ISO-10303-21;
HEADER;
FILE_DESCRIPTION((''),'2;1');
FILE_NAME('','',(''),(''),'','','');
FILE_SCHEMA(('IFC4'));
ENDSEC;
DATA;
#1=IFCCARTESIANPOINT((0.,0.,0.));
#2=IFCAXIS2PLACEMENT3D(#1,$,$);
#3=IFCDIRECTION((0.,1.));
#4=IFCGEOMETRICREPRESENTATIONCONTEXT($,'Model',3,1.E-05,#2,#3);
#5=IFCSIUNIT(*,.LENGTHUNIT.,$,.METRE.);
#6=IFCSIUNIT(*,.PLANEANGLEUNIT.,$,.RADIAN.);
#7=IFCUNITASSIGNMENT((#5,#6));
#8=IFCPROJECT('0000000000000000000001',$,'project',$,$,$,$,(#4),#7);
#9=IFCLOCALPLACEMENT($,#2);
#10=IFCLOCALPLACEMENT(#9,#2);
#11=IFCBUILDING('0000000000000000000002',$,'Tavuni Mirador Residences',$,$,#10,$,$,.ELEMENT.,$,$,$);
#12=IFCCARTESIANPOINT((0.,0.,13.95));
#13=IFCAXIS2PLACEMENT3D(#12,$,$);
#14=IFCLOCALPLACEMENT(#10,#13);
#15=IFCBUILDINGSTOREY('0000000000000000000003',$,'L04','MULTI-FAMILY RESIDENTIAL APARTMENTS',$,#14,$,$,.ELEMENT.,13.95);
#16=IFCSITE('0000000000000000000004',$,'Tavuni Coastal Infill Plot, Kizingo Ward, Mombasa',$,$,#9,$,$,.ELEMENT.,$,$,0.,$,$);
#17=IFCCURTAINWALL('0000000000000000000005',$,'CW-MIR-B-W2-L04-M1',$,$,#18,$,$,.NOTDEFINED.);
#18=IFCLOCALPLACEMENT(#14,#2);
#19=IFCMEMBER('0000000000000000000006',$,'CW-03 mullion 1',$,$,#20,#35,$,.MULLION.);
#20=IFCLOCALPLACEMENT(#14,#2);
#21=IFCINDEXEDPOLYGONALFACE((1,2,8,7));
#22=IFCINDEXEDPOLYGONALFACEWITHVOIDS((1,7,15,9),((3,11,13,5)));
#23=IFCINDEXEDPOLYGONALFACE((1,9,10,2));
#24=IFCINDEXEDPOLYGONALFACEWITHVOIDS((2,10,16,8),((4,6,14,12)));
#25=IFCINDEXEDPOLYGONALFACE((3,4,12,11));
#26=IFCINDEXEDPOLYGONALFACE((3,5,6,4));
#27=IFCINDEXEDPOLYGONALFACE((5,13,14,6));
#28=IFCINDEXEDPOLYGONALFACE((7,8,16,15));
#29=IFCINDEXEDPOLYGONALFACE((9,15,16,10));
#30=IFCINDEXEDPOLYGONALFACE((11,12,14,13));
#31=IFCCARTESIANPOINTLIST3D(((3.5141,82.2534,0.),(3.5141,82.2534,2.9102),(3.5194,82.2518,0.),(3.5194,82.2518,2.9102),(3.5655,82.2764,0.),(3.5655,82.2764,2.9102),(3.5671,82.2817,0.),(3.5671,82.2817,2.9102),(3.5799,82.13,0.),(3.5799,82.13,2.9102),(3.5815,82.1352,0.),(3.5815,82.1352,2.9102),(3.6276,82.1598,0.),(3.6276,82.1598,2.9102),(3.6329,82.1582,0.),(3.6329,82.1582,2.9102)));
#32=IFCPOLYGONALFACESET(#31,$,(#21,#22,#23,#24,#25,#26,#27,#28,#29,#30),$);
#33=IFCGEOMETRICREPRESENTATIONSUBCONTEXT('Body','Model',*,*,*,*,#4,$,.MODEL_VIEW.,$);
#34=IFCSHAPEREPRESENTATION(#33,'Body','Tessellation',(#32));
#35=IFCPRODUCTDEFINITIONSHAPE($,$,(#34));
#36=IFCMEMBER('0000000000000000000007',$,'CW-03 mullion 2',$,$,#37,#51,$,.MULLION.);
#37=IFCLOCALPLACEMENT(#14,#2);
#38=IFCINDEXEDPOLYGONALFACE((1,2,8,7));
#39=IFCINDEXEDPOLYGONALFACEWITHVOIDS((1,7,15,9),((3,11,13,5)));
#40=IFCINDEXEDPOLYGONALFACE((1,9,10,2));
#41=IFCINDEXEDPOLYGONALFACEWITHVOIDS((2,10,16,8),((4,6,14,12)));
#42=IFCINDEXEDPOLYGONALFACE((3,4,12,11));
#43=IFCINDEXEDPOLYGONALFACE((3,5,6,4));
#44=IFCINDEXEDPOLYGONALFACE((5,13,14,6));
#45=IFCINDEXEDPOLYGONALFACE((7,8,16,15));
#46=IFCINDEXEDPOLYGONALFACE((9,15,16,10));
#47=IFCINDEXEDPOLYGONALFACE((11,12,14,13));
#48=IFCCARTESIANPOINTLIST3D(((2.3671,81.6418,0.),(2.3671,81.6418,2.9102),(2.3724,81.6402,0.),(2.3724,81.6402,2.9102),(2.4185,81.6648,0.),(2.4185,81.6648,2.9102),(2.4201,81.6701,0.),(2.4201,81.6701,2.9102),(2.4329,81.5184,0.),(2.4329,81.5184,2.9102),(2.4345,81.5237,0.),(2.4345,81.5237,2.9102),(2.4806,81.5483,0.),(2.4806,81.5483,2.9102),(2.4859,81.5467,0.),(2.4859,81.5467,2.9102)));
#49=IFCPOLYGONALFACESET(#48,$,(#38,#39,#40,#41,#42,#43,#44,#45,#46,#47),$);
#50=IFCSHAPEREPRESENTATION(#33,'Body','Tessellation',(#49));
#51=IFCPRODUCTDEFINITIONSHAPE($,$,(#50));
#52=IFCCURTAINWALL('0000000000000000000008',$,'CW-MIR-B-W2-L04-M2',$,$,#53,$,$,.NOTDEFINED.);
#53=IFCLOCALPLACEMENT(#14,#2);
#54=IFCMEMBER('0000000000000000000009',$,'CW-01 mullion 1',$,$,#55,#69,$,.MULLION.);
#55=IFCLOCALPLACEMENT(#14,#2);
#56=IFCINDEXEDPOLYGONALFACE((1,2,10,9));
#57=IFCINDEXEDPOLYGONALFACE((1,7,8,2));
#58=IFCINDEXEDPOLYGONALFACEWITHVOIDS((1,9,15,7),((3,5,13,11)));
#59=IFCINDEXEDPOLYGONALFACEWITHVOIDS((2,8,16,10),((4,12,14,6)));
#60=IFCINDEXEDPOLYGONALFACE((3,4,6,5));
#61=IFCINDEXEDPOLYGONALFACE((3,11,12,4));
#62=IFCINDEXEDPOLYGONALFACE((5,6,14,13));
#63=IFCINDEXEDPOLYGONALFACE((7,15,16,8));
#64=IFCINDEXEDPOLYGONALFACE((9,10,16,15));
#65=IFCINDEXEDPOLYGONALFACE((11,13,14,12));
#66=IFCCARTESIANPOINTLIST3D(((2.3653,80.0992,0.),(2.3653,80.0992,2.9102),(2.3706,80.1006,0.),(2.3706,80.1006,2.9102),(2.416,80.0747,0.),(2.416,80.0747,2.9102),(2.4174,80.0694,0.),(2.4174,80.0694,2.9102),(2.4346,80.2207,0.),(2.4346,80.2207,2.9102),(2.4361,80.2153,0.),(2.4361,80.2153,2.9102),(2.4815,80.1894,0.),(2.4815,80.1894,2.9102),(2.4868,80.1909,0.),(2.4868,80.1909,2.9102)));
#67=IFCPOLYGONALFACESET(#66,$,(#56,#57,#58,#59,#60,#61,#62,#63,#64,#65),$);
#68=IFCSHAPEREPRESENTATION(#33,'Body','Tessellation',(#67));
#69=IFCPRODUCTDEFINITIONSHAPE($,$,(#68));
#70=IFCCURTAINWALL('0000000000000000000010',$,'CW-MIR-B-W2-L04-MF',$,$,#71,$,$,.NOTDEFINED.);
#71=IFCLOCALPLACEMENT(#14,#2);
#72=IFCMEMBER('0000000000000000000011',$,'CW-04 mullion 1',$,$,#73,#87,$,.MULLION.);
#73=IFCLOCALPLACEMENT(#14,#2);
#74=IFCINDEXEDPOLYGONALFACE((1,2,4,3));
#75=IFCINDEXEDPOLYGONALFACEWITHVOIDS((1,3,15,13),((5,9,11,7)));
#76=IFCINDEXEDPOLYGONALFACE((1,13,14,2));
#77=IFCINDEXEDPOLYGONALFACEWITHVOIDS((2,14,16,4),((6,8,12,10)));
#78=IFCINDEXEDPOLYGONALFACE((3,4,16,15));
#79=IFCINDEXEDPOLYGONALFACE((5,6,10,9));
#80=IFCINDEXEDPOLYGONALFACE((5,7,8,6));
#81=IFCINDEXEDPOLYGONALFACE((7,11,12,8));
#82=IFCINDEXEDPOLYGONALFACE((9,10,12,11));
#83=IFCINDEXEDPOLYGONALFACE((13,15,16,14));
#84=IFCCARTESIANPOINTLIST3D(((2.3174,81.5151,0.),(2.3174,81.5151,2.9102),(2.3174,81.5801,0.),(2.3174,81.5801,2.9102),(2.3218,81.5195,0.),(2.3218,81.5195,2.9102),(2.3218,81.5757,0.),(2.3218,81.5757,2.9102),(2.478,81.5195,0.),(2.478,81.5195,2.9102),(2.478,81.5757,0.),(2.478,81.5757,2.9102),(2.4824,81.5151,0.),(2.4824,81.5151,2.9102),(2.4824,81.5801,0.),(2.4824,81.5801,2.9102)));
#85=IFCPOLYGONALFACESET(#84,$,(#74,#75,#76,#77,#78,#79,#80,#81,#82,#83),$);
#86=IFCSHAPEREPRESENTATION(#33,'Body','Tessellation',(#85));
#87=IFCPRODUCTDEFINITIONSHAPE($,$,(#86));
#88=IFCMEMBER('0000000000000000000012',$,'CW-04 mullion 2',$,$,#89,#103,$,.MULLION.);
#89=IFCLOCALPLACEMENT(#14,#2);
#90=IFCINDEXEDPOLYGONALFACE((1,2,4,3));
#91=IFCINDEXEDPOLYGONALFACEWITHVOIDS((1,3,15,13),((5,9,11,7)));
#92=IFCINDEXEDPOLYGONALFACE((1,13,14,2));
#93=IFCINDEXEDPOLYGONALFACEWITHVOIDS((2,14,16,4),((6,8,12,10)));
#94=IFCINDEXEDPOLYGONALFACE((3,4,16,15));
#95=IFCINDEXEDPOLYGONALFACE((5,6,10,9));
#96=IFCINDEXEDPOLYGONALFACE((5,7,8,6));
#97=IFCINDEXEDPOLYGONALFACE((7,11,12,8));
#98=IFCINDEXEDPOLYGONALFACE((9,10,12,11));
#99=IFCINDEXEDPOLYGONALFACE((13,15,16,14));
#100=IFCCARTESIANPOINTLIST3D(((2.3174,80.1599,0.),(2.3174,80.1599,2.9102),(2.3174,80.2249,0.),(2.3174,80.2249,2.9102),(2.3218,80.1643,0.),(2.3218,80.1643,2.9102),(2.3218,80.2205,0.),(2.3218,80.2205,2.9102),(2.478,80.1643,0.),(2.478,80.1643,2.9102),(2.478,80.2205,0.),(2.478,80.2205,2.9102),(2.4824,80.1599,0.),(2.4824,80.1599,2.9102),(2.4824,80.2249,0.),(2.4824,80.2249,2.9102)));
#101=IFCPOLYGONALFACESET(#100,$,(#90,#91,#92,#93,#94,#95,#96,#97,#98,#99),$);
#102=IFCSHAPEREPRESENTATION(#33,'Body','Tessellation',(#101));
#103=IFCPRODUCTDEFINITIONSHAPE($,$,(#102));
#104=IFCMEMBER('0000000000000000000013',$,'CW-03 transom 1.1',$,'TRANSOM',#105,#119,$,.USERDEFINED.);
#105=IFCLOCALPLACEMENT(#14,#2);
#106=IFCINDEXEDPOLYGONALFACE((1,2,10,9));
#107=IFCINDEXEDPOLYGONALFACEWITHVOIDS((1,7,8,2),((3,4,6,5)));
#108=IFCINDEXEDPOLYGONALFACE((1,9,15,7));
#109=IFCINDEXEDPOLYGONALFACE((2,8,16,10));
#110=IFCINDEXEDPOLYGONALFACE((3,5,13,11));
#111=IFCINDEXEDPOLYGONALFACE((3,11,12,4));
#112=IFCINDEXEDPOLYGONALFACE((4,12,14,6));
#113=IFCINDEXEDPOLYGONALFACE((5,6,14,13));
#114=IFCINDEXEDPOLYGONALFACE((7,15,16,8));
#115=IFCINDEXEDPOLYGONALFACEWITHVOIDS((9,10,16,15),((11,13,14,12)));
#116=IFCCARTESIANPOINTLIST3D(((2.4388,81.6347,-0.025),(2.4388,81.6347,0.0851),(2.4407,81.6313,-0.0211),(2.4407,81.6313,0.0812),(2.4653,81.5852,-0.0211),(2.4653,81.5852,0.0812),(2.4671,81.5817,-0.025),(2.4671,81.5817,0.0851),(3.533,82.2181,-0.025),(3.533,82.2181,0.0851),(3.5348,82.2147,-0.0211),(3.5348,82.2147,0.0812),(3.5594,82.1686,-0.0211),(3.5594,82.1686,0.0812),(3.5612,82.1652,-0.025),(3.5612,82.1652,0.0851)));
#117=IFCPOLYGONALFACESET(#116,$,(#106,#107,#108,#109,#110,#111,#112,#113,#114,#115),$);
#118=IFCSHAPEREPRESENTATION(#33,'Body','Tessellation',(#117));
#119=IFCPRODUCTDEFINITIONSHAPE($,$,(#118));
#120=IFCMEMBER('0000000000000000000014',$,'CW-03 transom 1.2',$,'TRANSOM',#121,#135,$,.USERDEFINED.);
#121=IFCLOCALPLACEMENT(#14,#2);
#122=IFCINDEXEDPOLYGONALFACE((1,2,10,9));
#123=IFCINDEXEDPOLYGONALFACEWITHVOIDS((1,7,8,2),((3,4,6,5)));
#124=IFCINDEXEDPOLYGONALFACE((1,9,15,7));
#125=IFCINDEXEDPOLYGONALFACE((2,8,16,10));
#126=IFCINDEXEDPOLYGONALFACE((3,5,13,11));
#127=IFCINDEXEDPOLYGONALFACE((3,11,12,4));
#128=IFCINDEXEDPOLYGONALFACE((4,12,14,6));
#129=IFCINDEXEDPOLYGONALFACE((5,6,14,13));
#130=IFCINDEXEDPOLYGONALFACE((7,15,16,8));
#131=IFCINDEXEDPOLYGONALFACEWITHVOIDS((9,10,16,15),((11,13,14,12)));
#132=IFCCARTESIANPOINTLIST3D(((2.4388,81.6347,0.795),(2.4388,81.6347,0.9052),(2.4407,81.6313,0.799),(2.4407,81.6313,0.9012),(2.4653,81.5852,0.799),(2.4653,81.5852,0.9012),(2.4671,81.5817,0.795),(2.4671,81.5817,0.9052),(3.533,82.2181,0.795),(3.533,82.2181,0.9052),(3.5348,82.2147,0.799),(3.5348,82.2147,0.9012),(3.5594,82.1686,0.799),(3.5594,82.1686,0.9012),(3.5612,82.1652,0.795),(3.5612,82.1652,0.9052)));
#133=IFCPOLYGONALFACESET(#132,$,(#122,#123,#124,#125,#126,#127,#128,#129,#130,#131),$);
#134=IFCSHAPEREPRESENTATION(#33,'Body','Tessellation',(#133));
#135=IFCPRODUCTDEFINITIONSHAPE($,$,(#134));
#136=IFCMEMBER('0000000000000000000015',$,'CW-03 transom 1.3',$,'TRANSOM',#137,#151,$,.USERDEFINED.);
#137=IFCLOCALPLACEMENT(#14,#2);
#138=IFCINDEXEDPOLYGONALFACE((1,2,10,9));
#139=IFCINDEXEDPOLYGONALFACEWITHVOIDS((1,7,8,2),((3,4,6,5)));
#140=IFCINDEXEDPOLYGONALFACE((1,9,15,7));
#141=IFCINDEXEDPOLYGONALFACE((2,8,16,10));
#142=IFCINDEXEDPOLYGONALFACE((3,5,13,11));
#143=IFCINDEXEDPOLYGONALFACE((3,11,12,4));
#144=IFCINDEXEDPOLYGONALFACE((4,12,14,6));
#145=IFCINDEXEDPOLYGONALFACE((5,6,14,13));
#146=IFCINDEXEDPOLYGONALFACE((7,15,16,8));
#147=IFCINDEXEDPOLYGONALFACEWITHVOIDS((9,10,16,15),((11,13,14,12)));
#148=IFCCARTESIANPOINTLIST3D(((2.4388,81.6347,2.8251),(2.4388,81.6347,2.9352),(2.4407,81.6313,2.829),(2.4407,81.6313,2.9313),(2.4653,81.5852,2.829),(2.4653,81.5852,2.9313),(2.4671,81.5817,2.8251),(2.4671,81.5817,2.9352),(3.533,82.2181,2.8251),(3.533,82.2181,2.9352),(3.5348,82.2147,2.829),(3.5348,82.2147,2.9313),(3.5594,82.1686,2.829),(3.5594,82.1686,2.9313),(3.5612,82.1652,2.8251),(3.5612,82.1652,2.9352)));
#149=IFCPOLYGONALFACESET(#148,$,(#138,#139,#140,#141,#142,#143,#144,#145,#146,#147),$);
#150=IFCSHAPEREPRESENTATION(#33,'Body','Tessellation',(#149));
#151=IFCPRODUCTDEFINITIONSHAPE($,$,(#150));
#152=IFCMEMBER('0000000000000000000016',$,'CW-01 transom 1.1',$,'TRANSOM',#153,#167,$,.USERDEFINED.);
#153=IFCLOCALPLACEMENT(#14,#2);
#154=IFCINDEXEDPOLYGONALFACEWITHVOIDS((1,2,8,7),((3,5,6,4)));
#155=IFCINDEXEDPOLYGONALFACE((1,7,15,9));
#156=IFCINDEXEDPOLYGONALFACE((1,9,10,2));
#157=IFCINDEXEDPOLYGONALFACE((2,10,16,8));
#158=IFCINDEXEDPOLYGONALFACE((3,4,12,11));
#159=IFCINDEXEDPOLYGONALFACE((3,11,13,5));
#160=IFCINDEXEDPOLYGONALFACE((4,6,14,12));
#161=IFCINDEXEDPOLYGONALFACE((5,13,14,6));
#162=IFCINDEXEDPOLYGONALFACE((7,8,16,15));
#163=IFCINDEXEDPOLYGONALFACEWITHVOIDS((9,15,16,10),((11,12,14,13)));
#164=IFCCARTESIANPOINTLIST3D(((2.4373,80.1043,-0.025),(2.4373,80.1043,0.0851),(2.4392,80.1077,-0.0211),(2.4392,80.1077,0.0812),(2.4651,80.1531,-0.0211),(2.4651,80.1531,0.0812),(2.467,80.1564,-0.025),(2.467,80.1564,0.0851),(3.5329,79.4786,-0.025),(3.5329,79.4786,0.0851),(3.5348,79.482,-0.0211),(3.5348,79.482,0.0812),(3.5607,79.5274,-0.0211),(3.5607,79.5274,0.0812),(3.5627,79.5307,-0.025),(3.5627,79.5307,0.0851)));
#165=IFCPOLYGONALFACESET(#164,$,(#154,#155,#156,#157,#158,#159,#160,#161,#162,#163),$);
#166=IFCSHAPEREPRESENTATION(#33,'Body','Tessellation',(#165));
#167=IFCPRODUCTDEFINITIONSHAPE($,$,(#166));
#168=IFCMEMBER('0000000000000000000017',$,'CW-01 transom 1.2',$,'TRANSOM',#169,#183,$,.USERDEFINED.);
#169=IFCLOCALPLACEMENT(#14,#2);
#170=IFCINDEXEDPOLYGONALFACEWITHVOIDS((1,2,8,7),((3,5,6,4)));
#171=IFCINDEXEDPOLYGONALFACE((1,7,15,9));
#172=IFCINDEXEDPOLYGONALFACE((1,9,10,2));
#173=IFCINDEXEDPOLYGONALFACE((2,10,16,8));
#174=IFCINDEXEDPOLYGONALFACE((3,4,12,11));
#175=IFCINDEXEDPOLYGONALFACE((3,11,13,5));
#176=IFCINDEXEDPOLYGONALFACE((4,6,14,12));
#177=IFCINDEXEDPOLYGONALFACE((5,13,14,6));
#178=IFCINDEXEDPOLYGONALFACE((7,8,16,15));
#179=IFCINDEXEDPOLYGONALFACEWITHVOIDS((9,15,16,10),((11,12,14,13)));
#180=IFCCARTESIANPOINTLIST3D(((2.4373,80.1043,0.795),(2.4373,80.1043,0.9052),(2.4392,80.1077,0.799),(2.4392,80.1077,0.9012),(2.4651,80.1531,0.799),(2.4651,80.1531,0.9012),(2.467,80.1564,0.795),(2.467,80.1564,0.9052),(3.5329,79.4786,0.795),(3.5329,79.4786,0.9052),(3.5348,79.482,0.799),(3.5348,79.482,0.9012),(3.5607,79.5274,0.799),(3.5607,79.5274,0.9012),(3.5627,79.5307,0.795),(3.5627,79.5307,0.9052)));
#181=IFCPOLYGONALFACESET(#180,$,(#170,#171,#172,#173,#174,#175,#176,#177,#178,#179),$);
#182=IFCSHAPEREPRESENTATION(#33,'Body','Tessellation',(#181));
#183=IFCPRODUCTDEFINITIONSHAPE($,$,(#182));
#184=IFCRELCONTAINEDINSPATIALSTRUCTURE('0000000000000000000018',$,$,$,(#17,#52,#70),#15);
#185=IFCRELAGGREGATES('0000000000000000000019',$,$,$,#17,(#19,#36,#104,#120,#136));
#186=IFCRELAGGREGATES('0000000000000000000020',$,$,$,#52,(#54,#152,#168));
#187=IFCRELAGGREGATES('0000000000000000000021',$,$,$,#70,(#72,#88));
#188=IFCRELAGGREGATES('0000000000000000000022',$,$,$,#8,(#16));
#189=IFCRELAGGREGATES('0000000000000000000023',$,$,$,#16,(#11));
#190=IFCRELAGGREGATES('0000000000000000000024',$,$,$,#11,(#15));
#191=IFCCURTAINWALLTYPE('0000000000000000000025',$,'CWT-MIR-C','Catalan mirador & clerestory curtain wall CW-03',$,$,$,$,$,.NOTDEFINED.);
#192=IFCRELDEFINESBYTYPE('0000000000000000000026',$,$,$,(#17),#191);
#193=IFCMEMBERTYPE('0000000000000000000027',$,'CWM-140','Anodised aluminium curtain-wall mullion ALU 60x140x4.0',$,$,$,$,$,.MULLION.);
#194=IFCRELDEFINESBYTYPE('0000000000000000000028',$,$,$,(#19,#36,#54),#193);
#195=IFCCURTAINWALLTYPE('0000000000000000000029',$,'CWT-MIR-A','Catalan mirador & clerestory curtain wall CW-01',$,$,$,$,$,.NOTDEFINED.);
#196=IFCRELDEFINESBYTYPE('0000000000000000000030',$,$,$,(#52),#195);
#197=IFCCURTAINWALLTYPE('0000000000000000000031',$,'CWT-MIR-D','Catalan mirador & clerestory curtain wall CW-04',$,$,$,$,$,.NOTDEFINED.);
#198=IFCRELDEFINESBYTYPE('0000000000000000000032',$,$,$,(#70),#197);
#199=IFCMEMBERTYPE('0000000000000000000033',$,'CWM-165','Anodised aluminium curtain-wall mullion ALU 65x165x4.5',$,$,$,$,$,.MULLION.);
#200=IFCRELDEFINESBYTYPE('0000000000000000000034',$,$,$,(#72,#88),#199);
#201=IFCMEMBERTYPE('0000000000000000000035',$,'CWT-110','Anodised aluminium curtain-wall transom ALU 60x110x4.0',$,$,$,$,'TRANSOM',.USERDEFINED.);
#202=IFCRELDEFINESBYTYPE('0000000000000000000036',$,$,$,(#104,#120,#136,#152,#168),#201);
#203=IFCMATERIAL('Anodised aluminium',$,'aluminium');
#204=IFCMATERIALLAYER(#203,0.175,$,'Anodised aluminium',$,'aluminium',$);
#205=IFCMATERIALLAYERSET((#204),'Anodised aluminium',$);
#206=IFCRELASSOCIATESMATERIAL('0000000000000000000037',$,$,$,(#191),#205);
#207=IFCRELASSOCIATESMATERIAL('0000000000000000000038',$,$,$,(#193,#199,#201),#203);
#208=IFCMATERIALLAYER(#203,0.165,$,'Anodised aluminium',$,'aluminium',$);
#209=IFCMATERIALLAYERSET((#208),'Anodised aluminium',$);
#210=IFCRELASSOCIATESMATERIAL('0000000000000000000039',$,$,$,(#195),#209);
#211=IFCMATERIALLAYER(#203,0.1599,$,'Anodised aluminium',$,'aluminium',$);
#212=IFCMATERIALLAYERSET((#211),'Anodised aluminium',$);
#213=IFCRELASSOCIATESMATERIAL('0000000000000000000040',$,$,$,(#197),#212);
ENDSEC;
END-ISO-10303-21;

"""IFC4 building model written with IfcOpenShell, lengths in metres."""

from ifc_helpers import new_model, si_unit, direction, frame, origin, origin_2d, place, context, subcontext, project, spatial, hollow_rectangle, extrude, material, layer, layer_set, material_profile, profile_set, type_object, element, aggregate, save


model = new_model("IFC4")

# Units and contexts
model_context = context("Model", 3, precision=1e-05, world=origin(), true_north=direction((0.0, 1.0)))
body_context = subcontext(model_context, "Body", "Model", "MODEL_VIEW")
ifc_project = project(units=[si_unit("LENGTHUNIT", "METRE"), si_unit("PLANEANGLEUNIT", "RADIAN")], contexts=[model_context])

# Site, building, storey
site_placement = place(None, origin())
site = spatial("IfcSite", under=ifc_project, at=site_placement, Name="Tavuni Coastal Infill Plot, Kizingo Ward, Mombasa", CompositionType="ELEMENT", RefElevation=0.0)
building_placement = place(site_placement, origin())
building = spatial("IfcBuilding", under=site, at=building_placement, Name="Tavuni Mirador Residences", CompositionType="ELEMENT")
storey_placement = place(building_placement, frame((0.0, 0.0, 13.95)))
storey = spatial("IfcBuildingStorey", under=building, at=storey_placement, Name="L04", Description="MULTI-FAMILY RESIDENTIAL APARTMENTS", CompositionType="ELEMENT", Elevation=13.95)

# Curtain wall, members
ifc_material_1 = material(Name="Anodised aluminium", Category="aluminium")
ifc_layer_1 = layer(ifc_material_1, 0.175, Name="Anodised aluminium", Category="aluminium")
ifc_layer_set_1 = layer_set([ifc_layer_1], Name="Anodised aluminium")
curtain_wall_type_1 = type_object("IfcCurtainWallType", Name="CWT-MIR-C", Description="Catalan mirador & clerestory curtain wall CW-03", PredefinedType="NOTDEFINED", material=ifc_layer_set_1)
curtain_wall_1_placement = place(storey_placement, origin())
curtain_wall_1 = element("IfcCurtainWall", 1, at=curtain_wall_1_placement, inside=storey, type_object=curtain_wall_type_1, Name="CW-MIR-B-W2-L04-M1", PredefinedType="NOTDEFINED")
ifc_material_profile_1 = material_profile(ifc_material_1, hollow_rectangle(XDim=0.0601, YDim=0.1399, WallThickness=0.0039, at=origin_2d()), Name="ALU 60x140x4.0", Category="aluminium")
ifc_profile_set_1 = profile_set([ifc_material_profile_1], Name="Anodised aluminium")
member_type_1 = type_object("IfcMemberType", Name="CWM-140", Description="Anodised aluminium curtain-wall mullion ALU 60x140x4.0", PredefinedType="MULLION", material=ifc_profile_set_1)
member_1_placement = place(storey_placement, frame((3.5735, 82.2058, 0.0), z_axis=(0.0, 0.0, 1.0), x_axis=(-0.882353, -0.470588, 0.0)))
member_1 = element("IfcMember", 2, at=member_1_placement, type_object=member_type_1, Name="CW-03 mullion 1", PredefinedType="MULLION", context=body_context, shape_type="SweptSolid", body=[
    extrude(hollow_rectangle(XDim=0.0601, YDim=0.1399, WallThickness=0.0039, at=origin_2d()), origin(), (0.0, 0.0, 1.0), 2.9102),
])
member_2_placement = place(storey_placement, frame((2.4265, 81.5942, 0.0), z_axis=(0.0, 0.0, 1.0), x_axis=(-0.882353, -0.470588, 0.0)))
member_2 = element("IfcMember", 3, at=member_2_placement, type_object=member_type_1, Name="CW-03 mullion 2", PredefinedType="MULLION", context=body_context, shape_type="SweptSolid", body=[
    extrude(hollow_rectangle(XDim=0.0601, YDim=0.1399, WallThickness=0.0039, at=origin_2d()), origin(), (0.0, 0.0, 1.0), 2.9102),
])

# Curtain wall, member
ifc_layer_2 = layer(ifc_material_1, 0.165, Name="Anodised aluminium", Category="aluminium")
ifc_layer_set_2 = layer_set([ifc_layer_2], Name="Anodised aluminium")
curtain_wall_type_2 = type_object("IfcCurtainWallType", Name="CWT-MIR-A", Description="Catalan mirador & clerestory curtain wall CW-01", PredefinedType="NOTDEFINED", material=ifc_layer_set_2)
curtain_wall_2_placement = place(storey_placement, origin())
curtain_wall_2 = element("IfcCurtainWall", 4, at=curtain_wall_2_placement, inside=storey, type_object=curtain_wall_type_2, Name="CW-MIR-B-W2-L04-M2", PredefinedType="NOTDEFINED")
member_3_placement = place(storey_placement, frame((2.426, 80.145, 0.0), z_axis=(0.0, 0.0, 1.0), x_axis=(0.868466, -0.495749, 0.0)))
member_3 = element("IfcMember", 5, at=member_3_placement, type_object=member_type_1, Name="CW-01 mullion 1", PredefinedType="MULLION", context=body_context, shape_type="SweptSolid", body=[
    extrude(hollow_rectangle(XDim=0.0601, YDim=0.1399, WallThickness=0.0039, at=origin_2d()), origin(), (0.0, 0.0, 1.0), 2.9102),
])

# Curtain wall, members
ifc_layer_3 = layer(ifc_material_1, 0.1599, Name="Anodised aluminium", Category="aluminium")
ifc_layer_set_3 = layer_set([ifc_layer_3], Name="Anodised aluminium")
curtain_wall_type_3 = type_object("IfcCurtainWallType", Name="CWT-MIR-D", Description="Catalan mirador & clerestory curtain wall CW-04", PredefinedType="NOTDEFINED", material=ifc_layer_set_3)
curtain_wall_3_placement = place(storey_placement, origin())
curtain_wall_3 = element("IfcCurtainWall", 6, at=curtain_wall_3_placement, inside=storey, type_object=curtain_wall_type_3, Name="CW-MIR-B-W2-L04-MF", PredefinedType="NOTDEFINED")
ifc_material_profile_2 = material_profile(ifc_material_1, hollow_rectangle(XDim=0.0649, YDim=0.165, WallThickness=0.0044, at=origin_2d()), Name="ALU 65x165x4.5", Category="aluminium")
ifc_profile_set_2 = profile_set([ifc_material_profile_2], Name="Anodised aluminium")
member_type_2 = type_object("IfcMemberType", Name="CWM-165", Description="Anodised aluminium curtain-wall mullion ALU 65x165x4.5", PredefinedType="MULLION", material=ifc_profile_set_2)
member_4_placement = place(storey_placement, frame((2.3999, 81.5476, 0.0), z_axis=(0.0, 0.0, 1.0), x_axis=(0.0, -1.0, 0.0)))
member_4 = element("IfcMember", 7, at=member_4_placement, type_object=member_type_2, Name="CW-04 mullion 1", PredefinedType="MULLION", context=body_context, shape_type="SweptSolid", body=[
    extrude(hollow_rectangle(XDim=0.0649, YDim=0.165, WallThickness=0.0044, at=origin_2d()), origin(), (0.0, 0.0, 1.0), 2.9102),
])
member_5_placement = place(storey_placement, frame((2.3999, 80.1924, 0.0), z_axis=(0.0, 0.0, 1.0), x_axis=(0.0, -1.0, 0.0)))
member_5 = element("IfcMember", 8, at=member_5_placement, type_object=member_type_2, Name="CW-04 mullion 2", PredefinedType="MULLION", context=body_context, shape_type="SweptSolid", body=[
    extrude(hollow_rectangle(XDim=0.0649, YDim=0.165, WallThickness=0.0044, at=origin_2d()), origin(), (0.0, 0.0, 1.0), 2.9102),
])

# Members
ifc_material_profile_3 = material_profile(ifc_material_1, hollow_rectangle(XDim=0.0601, YDim=0.1101, WallThickness=0.0039, at=origin_2d()), Name="ALU 60x110x4.0", Category="aluminium")
ifc_profile_set_3 = profile_set([ifc_material_profile_3], Name="Anodised aluminium")
member_type_3 = type_object("IfcMemberType", Name="CWT-110", Description="Anodised aluminium curtain-wall transom ALU 60x110x4.0", ElementType="TRANSOM", PredefinedType="USERDEFINED", material=ifc_profile_set_3)
member_6_placement = place(storey_placement, frame((3.5471, 82.1917, 0.03), z_axis=(-0.882386, -0.470527, 0.0), x_axis=(0.470527, -0.882386, 0.0)))
member_6 = element("IfcMember", 9, at=member_6_placement, type_object=member_type_3, Name="CW-03 transom 1.1", ObjectType="TRANSOM", PredefinedType="USERDEFINED", context=body_context, shape_type="SweptSolid", body=[
    extrude(hollow_rectangle(XDim=0.0601, YDim=0.1101, WallThickness=0.0039, at=origin_2d()), origin(), (0.0, 0.0, 1.0), 1.24),
])
member_7_placement = place(storey_placement, frame((3.5471, 82.1917, 0.8501), z_axis=(-0.882386, -0.470527, 0.0), x_axis=(0.470527, -0.882386, 0.0)))
member_7 = element("IfcMember", 10, at=member_7_placement, type_object=member_type_3, Name="CW-03 transom 1.2", ObjectType="TRANSOM", PredefinedType="USERDEFINED", context=body_context, shape_type="SweptSolid", body=[
    extrude(hollow_rectangle(XDim=0.0601, YDim=0.1101, WallThickness=0.0039, at=origin_2d()), origin(), (0.0, 0.0, 1.0), 1.24),
])
member_8_placement = place(storey_placement, frame((3.5471, 82.1917, 2.8801), z_axis=(-0.882386, -0.470527, 0.0), x_axis=(0.470527, -0.882386, 0.0)))
member_8 = element("IfcMember", 11, at=member_8_placement, type_object=member_type_3, Name="CW-03 transom 1.3", ObjectType="TRANSOM", PredefinedType="USERDEFINED", context=body_context, shape_type="SweptSolid", body=[
    extrude(hollow_rectangle(XDim=0.0601, YDim=0.1101, WallThickness=0.0039, at=origin_2d()), origin(), (0.0, 0.0, 1.0), 1.24),
])
member_9_placement = place(storey_placement, frame((2.4521, 80.1304, 0.03), z_axis=(0.868374, -0.49591, 0.0), x_axis=(0.49591, 0.868374, 0.0)))
member_9 = element("IfcMember", 12, at=member_9_placement, type_object=member_type_3, Name="CW-01 transom 1.1", ObjectType="TRANSOM", PredefinedType="USERDEFINED", context=body_context, shape_type="SweptSolid", body=[
    extrude(hollow_rectangle(XDim=0.0601, YDim=0.1101, WallThickness=0.0039, at=origin_2d()), origin(), (0.0, 0.0, 1.0), 1.2617),
])
member_10_placement = place(storey_placement, frame((2.4521, 80.1304, 0.8501), z_axis=(0.868374, -0.49591, 0.0), x_axis=(0.49591, 0.868374, 0.0)))
member_10 = element("IfcMember", 13, at=member_10_placement, type_object=member_type_3, Name="CW-01 transom 1.2", ObjectType="TRANSOM", PredefinedType="USERDEFINED", context=body_context, shape_type="SweptSolid", body=[
    extrude(hollow_rectangle(XDim=0.0601, YDim=0.1101, WallThickness=0.0039, at=origin_2d()), origin(), (0.0, 0.0, 1.0), 1.2617),
])

aggregate(curtain_wall_1, [member_1, member_2, member_6, member_7, member_8])
aggregate(curtain_wall_2, [member_3, member_9, member_10])
aggregate(curtain_wall_3, [member_4, member_5])

save(model, "model.ifc")
